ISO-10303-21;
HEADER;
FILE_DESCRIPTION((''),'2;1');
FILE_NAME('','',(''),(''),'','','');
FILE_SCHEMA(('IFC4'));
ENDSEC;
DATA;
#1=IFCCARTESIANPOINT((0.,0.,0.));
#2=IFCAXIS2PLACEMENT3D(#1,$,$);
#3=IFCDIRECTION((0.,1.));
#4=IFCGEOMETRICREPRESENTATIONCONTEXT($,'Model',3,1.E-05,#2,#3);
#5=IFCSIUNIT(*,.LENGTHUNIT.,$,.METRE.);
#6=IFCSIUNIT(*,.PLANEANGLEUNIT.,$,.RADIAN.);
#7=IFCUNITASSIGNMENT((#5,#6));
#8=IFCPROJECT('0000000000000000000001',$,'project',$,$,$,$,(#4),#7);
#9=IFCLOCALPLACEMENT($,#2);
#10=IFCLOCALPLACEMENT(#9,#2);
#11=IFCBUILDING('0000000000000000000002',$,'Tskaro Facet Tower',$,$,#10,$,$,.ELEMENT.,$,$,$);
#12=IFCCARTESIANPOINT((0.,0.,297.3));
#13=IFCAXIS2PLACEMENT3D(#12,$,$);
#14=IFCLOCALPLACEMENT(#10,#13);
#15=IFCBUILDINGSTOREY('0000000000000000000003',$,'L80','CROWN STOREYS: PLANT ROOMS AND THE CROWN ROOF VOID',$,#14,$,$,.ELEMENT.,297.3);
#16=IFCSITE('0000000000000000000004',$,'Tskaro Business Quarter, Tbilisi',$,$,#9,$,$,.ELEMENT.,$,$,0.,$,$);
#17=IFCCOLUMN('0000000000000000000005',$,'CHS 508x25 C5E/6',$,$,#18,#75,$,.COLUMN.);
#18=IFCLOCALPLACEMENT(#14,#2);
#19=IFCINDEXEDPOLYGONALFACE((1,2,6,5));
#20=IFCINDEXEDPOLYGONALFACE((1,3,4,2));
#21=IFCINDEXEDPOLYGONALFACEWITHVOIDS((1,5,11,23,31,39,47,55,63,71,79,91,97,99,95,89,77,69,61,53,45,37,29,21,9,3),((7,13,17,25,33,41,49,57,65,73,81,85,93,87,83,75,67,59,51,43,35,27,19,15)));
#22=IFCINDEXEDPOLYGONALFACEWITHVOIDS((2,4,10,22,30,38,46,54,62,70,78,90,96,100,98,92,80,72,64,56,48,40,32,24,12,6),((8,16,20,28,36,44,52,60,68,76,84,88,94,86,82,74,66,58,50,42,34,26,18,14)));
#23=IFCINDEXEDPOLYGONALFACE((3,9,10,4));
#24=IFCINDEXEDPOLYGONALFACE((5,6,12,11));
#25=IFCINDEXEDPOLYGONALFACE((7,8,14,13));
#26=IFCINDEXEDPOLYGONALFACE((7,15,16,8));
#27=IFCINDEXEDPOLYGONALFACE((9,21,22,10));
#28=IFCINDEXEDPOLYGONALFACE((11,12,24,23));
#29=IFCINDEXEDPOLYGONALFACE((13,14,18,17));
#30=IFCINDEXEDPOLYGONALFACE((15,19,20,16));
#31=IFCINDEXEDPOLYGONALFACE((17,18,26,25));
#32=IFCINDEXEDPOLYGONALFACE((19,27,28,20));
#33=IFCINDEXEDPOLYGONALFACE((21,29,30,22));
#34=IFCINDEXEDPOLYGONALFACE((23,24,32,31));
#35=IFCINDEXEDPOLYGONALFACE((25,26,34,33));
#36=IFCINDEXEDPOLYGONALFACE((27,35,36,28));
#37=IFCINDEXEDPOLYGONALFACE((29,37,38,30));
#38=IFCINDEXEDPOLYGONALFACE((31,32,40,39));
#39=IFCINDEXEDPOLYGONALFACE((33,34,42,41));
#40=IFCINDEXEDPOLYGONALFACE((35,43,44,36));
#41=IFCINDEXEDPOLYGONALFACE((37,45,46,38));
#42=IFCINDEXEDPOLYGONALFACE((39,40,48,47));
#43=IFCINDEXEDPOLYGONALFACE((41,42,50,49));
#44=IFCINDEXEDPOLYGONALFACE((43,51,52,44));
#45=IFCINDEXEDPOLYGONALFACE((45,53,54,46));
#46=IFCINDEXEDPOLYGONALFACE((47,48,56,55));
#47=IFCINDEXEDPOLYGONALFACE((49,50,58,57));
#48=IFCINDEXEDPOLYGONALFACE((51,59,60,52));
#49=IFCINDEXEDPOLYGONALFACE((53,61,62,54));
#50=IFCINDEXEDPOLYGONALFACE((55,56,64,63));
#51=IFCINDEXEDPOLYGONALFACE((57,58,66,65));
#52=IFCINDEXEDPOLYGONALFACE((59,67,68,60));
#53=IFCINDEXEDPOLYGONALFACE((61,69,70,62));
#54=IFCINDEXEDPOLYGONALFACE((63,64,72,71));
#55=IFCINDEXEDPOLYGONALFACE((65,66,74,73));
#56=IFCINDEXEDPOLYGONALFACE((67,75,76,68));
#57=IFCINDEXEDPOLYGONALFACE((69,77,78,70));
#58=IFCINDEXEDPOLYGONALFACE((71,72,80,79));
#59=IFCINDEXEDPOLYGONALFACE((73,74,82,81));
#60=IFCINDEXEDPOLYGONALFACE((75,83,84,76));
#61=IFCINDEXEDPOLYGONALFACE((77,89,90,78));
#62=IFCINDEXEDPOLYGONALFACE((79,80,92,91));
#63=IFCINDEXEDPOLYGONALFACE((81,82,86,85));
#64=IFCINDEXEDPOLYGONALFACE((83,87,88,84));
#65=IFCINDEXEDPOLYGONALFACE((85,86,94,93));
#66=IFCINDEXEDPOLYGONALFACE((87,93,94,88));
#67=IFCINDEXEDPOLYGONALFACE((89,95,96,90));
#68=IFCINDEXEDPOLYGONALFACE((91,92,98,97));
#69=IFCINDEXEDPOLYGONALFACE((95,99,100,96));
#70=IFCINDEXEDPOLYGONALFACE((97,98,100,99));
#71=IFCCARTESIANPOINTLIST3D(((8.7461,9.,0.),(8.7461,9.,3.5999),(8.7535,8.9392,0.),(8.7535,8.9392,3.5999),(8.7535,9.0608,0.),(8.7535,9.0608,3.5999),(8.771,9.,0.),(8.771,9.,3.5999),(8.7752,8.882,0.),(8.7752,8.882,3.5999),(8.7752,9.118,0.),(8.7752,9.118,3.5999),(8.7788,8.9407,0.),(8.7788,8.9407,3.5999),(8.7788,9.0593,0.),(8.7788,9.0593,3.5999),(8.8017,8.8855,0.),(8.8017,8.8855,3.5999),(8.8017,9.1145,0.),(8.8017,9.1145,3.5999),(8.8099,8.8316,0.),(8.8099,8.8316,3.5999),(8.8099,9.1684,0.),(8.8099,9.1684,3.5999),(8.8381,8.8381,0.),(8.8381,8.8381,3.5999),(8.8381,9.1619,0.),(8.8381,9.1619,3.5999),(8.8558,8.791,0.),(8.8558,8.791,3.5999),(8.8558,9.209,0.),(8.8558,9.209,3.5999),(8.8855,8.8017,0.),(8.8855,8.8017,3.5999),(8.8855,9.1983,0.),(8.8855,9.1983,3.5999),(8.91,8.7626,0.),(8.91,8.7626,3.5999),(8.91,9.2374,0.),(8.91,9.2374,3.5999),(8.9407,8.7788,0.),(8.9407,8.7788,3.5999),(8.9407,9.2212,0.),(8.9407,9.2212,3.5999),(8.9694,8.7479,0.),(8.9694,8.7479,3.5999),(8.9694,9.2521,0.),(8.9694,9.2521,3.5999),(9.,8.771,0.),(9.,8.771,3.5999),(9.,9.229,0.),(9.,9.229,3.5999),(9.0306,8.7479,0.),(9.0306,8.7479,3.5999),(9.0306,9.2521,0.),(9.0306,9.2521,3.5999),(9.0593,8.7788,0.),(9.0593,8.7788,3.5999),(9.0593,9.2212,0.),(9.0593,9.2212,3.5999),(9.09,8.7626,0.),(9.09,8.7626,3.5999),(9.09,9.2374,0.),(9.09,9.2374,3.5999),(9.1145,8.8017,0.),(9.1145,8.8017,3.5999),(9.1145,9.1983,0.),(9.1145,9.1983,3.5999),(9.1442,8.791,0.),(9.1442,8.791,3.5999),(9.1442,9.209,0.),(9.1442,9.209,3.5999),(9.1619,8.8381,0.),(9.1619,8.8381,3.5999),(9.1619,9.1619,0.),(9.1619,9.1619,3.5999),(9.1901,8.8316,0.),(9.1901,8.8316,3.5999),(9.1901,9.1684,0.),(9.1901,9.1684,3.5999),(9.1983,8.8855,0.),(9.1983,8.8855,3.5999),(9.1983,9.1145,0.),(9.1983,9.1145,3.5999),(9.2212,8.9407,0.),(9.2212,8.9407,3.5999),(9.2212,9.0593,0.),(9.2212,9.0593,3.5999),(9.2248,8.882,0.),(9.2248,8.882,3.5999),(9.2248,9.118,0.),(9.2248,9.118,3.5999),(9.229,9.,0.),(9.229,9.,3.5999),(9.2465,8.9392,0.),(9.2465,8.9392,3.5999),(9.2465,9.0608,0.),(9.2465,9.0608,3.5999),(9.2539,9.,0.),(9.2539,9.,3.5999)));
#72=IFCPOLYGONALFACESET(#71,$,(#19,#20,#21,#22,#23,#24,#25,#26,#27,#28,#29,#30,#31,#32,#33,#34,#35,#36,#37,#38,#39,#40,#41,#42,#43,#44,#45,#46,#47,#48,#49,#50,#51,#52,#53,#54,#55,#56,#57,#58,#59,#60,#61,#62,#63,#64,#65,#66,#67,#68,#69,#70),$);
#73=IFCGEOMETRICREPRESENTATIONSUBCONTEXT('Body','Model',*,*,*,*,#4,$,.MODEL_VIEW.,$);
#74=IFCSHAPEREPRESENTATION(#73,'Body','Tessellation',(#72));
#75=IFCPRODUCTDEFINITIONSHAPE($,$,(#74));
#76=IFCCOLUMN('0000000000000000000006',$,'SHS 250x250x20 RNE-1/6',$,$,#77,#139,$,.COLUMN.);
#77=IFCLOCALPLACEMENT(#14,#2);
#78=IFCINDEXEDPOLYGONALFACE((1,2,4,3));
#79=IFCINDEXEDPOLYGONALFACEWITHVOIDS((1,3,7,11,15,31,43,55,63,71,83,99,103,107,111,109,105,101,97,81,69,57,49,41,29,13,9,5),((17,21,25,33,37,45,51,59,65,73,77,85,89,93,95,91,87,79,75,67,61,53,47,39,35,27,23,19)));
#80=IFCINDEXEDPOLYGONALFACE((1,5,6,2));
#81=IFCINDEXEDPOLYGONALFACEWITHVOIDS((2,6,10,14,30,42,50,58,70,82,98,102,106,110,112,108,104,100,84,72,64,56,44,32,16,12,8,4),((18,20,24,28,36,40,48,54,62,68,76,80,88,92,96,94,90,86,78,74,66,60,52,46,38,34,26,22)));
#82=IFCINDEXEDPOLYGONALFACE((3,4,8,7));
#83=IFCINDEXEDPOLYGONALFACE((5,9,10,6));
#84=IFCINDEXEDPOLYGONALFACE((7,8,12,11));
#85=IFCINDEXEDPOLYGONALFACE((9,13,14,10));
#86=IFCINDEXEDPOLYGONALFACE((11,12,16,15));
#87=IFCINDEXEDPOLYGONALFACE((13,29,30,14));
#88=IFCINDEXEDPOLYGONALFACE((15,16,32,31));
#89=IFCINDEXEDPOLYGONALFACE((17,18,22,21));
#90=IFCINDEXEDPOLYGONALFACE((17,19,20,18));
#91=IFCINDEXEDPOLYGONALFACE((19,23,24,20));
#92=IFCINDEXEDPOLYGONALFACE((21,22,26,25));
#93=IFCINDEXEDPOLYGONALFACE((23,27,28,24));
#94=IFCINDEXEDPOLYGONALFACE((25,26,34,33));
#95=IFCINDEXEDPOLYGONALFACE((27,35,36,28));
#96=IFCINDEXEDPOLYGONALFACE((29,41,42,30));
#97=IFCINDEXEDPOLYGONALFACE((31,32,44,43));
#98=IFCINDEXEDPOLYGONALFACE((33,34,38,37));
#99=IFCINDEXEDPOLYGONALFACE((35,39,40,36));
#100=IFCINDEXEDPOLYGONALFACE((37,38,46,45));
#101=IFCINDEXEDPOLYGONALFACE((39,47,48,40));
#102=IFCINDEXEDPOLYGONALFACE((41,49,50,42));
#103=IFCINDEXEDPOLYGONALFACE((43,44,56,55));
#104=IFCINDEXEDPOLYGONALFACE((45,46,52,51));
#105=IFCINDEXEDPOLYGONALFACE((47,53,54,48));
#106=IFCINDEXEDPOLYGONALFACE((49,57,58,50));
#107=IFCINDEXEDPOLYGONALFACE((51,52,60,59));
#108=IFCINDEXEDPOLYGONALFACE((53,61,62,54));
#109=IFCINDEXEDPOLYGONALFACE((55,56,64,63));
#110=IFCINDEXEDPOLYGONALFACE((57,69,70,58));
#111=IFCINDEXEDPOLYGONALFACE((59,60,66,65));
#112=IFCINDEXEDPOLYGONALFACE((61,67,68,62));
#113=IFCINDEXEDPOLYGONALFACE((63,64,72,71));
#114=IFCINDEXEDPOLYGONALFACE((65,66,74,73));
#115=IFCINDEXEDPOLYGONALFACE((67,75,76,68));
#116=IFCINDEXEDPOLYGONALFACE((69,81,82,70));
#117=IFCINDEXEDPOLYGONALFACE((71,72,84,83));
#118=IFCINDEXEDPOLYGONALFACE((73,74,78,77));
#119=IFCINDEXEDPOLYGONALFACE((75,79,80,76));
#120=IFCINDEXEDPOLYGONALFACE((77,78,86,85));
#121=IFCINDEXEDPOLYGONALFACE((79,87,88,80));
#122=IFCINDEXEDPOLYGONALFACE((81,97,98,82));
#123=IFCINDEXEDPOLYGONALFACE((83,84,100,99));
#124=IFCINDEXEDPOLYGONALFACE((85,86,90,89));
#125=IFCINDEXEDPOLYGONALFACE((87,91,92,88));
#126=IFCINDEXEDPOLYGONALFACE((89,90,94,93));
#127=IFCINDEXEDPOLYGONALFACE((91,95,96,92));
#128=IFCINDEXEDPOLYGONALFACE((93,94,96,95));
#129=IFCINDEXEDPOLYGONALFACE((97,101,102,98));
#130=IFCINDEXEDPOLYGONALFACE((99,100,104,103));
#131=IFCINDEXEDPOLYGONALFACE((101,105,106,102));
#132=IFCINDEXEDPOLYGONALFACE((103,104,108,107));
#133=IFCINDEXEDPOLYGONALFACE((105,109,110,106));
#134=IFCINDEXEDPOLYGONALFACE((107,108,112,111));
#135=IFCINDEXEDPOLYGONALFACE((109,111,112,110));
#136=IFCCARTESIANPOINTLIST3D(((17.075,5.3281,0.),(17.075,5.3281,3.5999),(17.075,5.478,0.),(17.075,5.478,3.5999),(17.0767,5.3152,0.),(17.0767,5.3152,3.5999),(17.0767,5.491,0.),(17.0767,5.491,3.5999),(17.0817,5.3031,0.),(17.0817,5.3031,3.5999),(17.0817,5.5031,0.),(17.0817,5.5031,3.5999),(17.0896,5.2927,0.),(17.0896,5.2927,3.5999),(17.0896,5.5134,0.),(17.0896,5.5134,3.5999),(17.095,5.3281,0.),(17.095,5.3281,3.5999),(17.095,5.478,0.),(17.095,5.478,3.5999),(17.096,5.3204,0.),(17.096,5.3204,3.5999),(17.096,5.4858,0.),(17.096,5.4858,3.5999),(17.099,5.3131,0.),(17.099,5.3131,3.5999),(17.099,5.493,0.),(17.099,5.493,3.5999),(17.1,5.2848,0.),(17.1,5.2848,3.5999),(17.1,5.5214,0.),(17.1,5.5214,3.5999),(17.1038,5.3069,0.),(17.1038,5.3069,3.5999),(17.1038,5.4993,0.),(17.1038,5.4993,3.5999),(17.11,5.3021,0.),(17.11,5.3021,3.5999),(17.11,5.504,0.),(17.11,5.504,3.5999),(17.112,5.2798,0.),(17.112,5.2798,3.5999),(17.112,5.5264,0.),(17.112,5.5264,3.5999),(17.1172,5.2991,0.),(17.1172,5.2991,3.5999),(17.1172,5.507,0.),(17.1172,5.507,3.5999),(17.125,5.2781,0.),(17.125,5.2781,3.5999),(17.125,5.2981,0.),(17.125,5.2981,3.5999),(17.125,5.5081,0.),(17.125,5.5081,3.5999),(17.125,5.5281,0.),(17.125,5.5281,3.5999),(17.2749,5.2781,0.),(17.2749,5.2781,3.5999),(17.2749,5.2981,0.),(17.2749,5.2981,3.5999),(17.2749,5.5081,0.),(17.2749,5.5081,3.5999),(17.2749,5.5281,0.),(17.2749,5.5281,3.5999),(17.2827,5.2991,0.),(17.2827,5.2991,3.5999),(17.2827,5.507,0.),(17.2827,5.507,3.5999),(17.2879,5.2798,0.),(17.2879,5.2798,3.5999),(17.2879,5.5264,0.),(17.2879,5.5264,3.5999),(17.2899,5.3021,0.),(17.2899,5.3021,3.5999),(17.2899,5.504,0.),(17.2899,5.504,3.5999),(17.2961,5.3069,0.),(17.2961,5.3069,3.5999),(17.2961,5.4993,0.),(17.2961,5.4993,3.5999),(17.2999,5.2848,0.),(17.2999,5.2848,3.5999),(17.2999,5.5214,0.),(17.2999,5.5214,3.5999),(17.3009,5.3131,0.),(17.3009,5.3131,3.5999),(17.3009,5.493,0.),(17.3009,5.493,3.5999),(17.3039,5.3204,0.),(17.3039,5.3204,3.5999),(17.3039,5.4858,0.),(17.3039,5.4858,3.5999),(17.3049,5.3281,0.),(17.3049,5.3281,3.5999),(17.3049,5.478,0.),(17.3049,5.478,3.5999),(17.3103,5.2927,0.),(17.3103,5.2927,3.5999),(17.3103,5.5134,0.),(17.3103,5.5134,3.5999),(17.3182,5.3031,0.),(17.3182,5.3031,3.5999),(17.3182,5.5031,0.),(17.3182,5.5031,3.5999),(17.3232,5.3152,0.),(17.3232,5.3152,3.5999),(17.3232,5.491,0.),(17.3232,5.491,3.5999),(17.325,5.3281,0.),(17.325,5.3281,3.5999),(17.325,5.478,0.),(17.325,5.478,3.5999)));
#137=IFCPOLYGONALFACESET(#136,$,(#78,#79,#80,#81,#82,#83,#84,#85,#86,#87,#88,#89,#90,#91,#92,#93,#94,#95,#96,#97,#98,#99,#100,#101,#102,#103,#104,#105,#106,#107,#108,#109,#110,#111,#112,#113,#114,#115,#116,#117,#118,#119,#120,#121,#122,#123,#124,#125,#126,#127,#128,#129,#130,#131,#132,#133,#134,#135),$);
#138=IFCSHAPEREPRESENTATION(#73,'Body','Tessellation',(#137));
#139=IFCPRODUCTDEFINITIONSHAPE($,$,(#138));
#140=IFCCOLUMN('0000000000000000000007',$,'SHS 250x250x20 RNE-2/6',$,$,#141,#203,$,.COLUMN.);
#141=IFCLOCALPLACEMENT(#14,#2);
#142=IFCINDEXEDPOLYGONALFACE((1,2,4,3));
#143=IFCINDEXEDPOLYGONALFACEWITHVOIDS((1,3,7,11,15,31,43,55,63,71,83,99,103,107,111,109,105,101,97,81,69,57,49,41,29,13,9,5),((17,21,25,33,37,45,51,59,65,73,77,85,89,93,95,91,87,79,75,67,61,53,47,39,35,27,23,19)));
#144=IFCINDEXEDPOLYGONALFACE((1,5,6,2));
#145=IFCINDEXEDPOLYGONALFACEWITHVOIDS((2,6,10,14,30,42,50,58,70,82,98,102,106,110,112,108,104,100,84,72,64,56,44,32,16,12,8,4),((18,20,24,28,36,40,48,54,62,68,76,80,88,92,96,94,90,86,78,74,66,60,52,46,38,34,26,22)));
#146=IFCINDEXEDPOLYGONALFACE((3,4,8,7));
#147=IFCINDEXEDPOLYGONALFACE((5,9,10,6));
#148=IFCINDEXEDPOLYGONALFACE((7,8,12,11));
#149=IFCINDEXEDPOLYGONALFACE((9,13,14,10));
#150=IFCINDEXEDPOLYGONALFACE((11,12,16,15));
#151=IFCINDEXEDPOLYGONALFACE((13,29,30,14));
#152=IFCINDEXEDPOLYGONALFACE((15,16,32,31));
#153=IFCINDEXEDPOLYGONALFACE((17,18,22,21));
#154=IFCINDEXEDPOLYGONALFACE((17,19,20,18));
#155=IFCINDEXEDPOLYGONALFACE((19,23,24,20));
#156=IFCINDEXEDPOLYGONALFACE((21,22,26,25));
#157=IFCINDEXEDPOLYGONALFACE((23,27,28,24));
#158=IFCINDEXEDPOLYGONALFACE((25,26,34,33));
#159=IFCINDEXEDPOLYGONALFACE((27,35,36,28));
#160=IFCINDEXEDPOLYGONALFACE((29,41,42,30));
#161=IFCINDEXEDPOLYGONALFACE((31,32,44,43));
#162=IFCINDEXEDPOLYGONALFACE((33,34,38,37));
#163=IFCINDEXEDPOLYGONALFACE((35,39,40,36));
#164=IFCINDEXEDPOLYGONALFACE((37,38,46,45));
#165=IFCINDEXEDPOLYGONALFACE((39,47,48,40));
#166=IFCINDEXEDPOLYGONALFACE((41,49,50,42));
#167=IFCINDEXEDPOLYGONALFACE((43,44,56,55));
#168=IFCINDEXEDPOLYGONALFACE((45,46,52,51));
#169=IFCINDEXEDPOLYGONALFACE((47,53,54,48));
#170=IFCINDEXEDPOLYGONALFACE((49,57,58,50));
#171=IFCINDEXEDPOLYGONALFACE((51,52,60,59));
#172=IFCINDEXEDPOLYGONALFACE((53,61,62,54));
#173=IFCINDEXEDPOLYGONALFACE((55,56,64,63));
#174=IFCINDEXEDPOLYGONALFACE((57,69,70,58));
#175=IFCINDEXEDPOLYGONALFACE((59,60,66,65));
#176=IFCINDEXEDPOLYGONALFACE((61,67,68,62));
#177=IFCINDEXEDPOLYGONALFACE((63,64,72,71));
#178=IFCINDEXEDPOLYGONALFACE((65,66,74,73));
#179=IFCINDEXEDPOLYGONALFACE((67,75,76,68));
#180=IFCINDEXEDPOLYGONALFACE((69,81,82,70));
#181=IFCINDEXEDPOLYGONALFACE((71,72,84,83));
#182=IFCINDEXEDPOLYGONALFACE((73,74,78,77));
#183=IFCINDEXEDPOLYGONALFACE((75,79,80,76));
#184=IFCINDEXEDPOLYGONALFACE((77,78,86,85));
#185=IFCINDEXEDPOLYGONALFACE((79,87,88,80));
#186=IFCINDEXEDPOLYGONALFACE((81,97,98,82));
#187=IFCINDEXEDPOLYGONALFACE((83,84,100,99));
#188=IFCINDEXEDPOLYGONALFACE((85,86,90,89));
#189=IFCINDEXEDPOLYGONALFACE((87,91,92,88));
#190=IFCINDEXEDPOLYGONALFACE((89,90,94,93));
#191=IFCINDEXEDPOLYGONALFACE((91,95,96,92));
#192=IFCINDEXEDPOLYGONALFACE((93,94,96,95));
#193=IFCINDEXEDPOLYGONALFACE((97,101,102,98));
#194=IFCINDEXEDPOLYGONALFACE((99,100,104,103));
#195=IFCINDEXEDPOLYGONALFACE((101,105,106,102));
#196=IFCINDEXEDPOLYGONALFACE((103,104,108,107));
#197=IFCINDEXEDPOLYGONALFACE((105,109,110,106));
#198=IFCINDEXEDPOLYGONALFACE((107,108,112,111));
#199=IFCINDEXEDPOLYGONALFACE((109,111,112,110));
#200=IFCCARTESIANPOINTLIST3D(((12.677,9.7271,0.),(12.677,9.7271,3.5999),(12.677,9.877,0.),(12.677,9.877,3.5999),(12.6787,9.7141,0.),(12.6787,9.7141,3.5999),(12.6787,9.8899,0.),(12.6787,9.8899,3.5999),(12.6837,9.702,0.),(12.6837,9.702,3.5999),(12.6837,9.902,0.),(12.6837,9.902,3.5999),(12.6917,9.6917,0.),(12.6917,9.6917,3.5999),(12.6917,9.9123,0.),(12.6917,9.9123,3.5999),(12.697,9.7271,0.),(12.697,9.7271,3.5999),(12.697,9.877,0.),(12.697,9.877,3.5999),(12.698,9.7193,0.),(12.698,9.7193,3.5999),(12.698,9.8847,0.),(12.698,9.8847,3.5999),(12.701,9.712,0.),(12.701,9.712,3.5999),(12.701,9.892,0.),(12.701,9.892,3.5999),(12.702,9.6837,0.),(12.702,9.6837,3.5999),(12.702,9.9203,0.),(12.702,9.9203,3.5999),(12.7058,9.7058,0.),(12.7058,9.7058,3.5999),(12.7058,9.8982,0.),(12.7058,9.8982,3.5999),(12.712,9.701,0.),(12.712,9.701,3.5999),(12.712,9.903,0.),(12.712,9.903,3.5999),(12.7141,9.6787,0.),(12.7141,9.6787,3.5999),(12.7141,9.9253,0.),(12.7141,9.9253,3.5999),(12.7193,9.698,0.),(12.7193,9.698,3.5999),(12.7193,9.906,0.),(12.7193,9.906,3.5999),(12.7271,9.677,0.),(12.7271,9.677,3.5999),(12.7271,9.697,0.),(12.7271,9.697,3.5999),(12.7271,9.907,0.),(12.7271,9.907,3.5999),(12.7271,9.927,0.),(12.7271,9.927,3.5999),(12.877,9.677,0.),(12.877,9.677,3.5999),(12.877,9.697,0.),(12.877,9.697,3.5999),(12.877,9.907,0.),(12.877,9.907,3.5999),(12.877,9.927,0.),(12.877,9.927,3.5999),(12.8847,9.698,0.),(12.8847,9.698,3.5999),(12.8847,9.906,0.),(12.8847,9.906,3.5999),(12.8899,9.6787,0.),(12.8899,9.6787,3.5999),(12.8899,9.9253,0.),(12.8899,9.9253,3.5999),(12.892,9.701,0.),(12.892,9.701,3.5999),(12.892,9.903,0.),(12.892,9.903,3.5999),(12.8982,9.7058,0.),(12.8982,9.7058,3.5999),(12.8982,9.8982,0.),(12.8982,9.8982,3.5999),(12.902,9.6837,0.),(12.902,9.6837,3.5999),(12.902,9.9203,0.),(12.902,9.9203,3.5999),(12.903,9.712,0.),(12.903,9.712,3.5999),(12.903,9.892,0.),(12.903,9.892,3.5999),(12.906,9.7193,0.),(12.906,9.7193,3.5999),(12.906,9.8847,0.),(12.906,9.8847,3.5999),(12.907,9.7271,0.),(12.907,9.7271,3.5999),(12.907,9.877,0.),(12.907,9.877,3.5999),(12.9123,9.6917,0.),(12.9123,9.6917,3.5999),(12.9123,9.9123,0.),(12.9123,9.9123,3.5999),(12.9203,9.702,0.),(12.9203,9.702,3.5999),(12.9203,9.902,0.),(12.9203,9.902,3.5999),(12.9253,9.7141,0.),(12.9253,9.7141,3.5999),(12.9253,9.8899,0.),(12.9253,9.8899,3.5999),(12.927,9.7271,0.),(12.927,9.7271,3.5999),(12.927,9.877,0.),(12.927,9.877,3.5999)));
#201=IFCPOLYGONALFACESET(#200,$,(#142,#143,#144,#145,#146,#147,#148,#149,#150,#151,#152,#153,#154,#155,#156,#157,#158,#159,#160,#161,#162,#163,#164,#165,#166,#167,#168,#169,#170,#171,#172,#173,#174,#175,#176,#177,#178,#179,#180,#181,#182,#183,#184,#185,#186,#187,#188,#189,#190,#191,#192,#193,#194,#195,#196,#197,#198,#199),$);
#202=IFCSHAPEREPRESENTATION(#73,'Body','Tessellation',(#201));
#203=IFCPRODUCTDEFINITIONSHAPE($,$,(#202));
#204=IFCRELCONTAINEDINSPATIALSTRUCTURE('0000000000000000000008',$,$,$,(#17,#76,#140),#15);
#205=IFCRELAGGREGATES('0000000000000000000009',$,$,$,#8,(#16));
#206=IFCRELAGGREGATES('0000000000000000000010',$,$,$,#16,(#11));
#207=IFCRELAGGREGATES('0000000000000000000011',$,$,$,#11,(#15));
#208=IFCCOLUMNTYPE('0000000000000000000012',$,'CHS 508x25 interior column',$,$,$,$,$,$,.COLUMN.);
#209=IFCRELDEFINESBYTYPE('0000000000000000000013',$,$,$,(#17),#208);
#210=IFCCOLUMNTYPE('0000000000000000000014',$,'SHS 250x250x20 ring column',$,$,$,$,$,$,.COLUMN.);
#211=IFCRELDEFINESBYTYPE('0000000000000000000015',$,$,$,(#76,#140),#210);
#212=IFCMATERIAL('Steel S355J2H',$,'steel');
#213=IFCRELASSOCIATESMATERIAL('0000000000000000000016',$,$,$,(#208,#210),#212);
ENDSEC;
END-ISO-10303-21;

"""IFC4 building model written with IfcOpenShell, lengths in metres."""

from ifc_helpers import new_model, si_unit, direction, frame, origin, origin_2d, place, context, subcontext, project, spatial, hollow_rectangle, hollow_circle, extrude, material, material_profile, profile_set, type_object, element, save


model = new_model("IFC4")

# Units and contexts
model_context = context("Model", 3, precision=1e-05, world=origin(), true_north=direction((0.0, 1.0)))
body_context = subcontext(model_context, "Body", "Model", "MODEL_VIEW")
ifc_project = project(units=[si_unit("LENGTHUNIT", "METRE"), si_unit("PLANEANGLEUNIT", "RADIAN")], contexts=[model_context])

# Site, building, storey
site_placement = place(None, origin())
site = spatial("IfcSite", under=ifc_project, at=site_placement, Name="Tskaro Business Quarter, Tbilisi", CompositionType="ELEMENT", RefElevation=0.0)
building_placement = place(site_placement, origin())
building = spatial("IfcBuilding", under=site, at=building_placement, Name="Tskaro Facet Tower", CompositionType="ELEMENT")
storey_placement = place(building_placement, frame((0.0, 0.0, 297.3)))
storey = spatial("IfcBuildingStorey", under=building, at=storey_placement, Name="L80", Description="CROWN STOREYS: PLANT ROOMS AND THE CROWN ROOF VOID", CompositionType="ELEMENT", Elevation=297.3)

# Columns
ifc_material_1 = material(Name="Steel S355J2H", Category="steel")
ifc_material_profile_1 = material_profile(ifc_material_1, hollow_circle(Radius=0.2539, WallThickness=0.0249, at=origin_2d()), Name="CHS 508x25")
ifc_profile_set_1 = profile_set([ifc_material_profile_1], Name="Steel S355J2H")
column_type_1 = type_object("IfcColumnType", Name="CHS 508x25 interior column", PredefinedType="COLUMN", material=ifc_profile_set_1)
column_placement = place(storey_placement, frame((9.0, 9.0, 0.0), z_axis=(0.0, 0.0, 1.0), x_axis=(1.0, 0.0, 0.0)))
element("IfcColumn", 1, at=column_placement, inside=storey, type_object=column_type_1, Name="CHS 508x25 C5E/6", PredefinedType="COLUMN", context=body_context, shape_type="SweptSolid", body=[
    extrude(hollow_circle(Radius=0.2539, WallThickness=0.0249, at=origin_2d()), origin(), (0.0, 0.0, 1.0), 3.5999),
])
ifc_material_profile_2 = material_profile(ifc_material_1, hollow_rectangle(XDim=0.25, YDim=0.25, WallThickness=0.02, InnerFilletRadius=0.03, OuterFilletRadius=0.05, at=origin_2d()), Name="SHS 250x250x20")
ifc_profile_set_2 = profile_set([ifc_material_profile_2], Name="Steel S355J2H")
column_type_2 = type_object("IfcColumnType", Name="SHS 250x250x20 ring column", PredefinedType="COLUMN", material=ifc_profile_set_2)
for number, where, z_axis, x_axis, name in (
    (2, (17.2, 5.4031, 0.0), (0.0, 0.0, 1.0), (1.0, 0.0, 0.0), "SHS 250x250x20 RNE-1/6"),
    (3, (12.802, 9.802, 0.0), (0.0, 0.0, 1.0), (1.0, 0.0, 0.0), "SHS 250x250x20 RNE-2/6"),
):
    element("IfcColumn", number, at=place(storey_placement, frame(where, z_axis=z_axis, x_axis=x_axis)), inside=storey, type_object=column_type_2, Name=name, PredefinedType="COLUMN", context=body_context, shape_type="SweptSolid", body=[
        extrude(hollow_rectangle(XDim=0.25, YDim=0.25, WallThickness=0.02, InnerFilletRadius=0.03, OuterFilletRadius=0.05, at=origin_2d()), origin(), (0.0, 0.0, 1.0), 3.5999),
    ])

save(model, "model.ifc")
